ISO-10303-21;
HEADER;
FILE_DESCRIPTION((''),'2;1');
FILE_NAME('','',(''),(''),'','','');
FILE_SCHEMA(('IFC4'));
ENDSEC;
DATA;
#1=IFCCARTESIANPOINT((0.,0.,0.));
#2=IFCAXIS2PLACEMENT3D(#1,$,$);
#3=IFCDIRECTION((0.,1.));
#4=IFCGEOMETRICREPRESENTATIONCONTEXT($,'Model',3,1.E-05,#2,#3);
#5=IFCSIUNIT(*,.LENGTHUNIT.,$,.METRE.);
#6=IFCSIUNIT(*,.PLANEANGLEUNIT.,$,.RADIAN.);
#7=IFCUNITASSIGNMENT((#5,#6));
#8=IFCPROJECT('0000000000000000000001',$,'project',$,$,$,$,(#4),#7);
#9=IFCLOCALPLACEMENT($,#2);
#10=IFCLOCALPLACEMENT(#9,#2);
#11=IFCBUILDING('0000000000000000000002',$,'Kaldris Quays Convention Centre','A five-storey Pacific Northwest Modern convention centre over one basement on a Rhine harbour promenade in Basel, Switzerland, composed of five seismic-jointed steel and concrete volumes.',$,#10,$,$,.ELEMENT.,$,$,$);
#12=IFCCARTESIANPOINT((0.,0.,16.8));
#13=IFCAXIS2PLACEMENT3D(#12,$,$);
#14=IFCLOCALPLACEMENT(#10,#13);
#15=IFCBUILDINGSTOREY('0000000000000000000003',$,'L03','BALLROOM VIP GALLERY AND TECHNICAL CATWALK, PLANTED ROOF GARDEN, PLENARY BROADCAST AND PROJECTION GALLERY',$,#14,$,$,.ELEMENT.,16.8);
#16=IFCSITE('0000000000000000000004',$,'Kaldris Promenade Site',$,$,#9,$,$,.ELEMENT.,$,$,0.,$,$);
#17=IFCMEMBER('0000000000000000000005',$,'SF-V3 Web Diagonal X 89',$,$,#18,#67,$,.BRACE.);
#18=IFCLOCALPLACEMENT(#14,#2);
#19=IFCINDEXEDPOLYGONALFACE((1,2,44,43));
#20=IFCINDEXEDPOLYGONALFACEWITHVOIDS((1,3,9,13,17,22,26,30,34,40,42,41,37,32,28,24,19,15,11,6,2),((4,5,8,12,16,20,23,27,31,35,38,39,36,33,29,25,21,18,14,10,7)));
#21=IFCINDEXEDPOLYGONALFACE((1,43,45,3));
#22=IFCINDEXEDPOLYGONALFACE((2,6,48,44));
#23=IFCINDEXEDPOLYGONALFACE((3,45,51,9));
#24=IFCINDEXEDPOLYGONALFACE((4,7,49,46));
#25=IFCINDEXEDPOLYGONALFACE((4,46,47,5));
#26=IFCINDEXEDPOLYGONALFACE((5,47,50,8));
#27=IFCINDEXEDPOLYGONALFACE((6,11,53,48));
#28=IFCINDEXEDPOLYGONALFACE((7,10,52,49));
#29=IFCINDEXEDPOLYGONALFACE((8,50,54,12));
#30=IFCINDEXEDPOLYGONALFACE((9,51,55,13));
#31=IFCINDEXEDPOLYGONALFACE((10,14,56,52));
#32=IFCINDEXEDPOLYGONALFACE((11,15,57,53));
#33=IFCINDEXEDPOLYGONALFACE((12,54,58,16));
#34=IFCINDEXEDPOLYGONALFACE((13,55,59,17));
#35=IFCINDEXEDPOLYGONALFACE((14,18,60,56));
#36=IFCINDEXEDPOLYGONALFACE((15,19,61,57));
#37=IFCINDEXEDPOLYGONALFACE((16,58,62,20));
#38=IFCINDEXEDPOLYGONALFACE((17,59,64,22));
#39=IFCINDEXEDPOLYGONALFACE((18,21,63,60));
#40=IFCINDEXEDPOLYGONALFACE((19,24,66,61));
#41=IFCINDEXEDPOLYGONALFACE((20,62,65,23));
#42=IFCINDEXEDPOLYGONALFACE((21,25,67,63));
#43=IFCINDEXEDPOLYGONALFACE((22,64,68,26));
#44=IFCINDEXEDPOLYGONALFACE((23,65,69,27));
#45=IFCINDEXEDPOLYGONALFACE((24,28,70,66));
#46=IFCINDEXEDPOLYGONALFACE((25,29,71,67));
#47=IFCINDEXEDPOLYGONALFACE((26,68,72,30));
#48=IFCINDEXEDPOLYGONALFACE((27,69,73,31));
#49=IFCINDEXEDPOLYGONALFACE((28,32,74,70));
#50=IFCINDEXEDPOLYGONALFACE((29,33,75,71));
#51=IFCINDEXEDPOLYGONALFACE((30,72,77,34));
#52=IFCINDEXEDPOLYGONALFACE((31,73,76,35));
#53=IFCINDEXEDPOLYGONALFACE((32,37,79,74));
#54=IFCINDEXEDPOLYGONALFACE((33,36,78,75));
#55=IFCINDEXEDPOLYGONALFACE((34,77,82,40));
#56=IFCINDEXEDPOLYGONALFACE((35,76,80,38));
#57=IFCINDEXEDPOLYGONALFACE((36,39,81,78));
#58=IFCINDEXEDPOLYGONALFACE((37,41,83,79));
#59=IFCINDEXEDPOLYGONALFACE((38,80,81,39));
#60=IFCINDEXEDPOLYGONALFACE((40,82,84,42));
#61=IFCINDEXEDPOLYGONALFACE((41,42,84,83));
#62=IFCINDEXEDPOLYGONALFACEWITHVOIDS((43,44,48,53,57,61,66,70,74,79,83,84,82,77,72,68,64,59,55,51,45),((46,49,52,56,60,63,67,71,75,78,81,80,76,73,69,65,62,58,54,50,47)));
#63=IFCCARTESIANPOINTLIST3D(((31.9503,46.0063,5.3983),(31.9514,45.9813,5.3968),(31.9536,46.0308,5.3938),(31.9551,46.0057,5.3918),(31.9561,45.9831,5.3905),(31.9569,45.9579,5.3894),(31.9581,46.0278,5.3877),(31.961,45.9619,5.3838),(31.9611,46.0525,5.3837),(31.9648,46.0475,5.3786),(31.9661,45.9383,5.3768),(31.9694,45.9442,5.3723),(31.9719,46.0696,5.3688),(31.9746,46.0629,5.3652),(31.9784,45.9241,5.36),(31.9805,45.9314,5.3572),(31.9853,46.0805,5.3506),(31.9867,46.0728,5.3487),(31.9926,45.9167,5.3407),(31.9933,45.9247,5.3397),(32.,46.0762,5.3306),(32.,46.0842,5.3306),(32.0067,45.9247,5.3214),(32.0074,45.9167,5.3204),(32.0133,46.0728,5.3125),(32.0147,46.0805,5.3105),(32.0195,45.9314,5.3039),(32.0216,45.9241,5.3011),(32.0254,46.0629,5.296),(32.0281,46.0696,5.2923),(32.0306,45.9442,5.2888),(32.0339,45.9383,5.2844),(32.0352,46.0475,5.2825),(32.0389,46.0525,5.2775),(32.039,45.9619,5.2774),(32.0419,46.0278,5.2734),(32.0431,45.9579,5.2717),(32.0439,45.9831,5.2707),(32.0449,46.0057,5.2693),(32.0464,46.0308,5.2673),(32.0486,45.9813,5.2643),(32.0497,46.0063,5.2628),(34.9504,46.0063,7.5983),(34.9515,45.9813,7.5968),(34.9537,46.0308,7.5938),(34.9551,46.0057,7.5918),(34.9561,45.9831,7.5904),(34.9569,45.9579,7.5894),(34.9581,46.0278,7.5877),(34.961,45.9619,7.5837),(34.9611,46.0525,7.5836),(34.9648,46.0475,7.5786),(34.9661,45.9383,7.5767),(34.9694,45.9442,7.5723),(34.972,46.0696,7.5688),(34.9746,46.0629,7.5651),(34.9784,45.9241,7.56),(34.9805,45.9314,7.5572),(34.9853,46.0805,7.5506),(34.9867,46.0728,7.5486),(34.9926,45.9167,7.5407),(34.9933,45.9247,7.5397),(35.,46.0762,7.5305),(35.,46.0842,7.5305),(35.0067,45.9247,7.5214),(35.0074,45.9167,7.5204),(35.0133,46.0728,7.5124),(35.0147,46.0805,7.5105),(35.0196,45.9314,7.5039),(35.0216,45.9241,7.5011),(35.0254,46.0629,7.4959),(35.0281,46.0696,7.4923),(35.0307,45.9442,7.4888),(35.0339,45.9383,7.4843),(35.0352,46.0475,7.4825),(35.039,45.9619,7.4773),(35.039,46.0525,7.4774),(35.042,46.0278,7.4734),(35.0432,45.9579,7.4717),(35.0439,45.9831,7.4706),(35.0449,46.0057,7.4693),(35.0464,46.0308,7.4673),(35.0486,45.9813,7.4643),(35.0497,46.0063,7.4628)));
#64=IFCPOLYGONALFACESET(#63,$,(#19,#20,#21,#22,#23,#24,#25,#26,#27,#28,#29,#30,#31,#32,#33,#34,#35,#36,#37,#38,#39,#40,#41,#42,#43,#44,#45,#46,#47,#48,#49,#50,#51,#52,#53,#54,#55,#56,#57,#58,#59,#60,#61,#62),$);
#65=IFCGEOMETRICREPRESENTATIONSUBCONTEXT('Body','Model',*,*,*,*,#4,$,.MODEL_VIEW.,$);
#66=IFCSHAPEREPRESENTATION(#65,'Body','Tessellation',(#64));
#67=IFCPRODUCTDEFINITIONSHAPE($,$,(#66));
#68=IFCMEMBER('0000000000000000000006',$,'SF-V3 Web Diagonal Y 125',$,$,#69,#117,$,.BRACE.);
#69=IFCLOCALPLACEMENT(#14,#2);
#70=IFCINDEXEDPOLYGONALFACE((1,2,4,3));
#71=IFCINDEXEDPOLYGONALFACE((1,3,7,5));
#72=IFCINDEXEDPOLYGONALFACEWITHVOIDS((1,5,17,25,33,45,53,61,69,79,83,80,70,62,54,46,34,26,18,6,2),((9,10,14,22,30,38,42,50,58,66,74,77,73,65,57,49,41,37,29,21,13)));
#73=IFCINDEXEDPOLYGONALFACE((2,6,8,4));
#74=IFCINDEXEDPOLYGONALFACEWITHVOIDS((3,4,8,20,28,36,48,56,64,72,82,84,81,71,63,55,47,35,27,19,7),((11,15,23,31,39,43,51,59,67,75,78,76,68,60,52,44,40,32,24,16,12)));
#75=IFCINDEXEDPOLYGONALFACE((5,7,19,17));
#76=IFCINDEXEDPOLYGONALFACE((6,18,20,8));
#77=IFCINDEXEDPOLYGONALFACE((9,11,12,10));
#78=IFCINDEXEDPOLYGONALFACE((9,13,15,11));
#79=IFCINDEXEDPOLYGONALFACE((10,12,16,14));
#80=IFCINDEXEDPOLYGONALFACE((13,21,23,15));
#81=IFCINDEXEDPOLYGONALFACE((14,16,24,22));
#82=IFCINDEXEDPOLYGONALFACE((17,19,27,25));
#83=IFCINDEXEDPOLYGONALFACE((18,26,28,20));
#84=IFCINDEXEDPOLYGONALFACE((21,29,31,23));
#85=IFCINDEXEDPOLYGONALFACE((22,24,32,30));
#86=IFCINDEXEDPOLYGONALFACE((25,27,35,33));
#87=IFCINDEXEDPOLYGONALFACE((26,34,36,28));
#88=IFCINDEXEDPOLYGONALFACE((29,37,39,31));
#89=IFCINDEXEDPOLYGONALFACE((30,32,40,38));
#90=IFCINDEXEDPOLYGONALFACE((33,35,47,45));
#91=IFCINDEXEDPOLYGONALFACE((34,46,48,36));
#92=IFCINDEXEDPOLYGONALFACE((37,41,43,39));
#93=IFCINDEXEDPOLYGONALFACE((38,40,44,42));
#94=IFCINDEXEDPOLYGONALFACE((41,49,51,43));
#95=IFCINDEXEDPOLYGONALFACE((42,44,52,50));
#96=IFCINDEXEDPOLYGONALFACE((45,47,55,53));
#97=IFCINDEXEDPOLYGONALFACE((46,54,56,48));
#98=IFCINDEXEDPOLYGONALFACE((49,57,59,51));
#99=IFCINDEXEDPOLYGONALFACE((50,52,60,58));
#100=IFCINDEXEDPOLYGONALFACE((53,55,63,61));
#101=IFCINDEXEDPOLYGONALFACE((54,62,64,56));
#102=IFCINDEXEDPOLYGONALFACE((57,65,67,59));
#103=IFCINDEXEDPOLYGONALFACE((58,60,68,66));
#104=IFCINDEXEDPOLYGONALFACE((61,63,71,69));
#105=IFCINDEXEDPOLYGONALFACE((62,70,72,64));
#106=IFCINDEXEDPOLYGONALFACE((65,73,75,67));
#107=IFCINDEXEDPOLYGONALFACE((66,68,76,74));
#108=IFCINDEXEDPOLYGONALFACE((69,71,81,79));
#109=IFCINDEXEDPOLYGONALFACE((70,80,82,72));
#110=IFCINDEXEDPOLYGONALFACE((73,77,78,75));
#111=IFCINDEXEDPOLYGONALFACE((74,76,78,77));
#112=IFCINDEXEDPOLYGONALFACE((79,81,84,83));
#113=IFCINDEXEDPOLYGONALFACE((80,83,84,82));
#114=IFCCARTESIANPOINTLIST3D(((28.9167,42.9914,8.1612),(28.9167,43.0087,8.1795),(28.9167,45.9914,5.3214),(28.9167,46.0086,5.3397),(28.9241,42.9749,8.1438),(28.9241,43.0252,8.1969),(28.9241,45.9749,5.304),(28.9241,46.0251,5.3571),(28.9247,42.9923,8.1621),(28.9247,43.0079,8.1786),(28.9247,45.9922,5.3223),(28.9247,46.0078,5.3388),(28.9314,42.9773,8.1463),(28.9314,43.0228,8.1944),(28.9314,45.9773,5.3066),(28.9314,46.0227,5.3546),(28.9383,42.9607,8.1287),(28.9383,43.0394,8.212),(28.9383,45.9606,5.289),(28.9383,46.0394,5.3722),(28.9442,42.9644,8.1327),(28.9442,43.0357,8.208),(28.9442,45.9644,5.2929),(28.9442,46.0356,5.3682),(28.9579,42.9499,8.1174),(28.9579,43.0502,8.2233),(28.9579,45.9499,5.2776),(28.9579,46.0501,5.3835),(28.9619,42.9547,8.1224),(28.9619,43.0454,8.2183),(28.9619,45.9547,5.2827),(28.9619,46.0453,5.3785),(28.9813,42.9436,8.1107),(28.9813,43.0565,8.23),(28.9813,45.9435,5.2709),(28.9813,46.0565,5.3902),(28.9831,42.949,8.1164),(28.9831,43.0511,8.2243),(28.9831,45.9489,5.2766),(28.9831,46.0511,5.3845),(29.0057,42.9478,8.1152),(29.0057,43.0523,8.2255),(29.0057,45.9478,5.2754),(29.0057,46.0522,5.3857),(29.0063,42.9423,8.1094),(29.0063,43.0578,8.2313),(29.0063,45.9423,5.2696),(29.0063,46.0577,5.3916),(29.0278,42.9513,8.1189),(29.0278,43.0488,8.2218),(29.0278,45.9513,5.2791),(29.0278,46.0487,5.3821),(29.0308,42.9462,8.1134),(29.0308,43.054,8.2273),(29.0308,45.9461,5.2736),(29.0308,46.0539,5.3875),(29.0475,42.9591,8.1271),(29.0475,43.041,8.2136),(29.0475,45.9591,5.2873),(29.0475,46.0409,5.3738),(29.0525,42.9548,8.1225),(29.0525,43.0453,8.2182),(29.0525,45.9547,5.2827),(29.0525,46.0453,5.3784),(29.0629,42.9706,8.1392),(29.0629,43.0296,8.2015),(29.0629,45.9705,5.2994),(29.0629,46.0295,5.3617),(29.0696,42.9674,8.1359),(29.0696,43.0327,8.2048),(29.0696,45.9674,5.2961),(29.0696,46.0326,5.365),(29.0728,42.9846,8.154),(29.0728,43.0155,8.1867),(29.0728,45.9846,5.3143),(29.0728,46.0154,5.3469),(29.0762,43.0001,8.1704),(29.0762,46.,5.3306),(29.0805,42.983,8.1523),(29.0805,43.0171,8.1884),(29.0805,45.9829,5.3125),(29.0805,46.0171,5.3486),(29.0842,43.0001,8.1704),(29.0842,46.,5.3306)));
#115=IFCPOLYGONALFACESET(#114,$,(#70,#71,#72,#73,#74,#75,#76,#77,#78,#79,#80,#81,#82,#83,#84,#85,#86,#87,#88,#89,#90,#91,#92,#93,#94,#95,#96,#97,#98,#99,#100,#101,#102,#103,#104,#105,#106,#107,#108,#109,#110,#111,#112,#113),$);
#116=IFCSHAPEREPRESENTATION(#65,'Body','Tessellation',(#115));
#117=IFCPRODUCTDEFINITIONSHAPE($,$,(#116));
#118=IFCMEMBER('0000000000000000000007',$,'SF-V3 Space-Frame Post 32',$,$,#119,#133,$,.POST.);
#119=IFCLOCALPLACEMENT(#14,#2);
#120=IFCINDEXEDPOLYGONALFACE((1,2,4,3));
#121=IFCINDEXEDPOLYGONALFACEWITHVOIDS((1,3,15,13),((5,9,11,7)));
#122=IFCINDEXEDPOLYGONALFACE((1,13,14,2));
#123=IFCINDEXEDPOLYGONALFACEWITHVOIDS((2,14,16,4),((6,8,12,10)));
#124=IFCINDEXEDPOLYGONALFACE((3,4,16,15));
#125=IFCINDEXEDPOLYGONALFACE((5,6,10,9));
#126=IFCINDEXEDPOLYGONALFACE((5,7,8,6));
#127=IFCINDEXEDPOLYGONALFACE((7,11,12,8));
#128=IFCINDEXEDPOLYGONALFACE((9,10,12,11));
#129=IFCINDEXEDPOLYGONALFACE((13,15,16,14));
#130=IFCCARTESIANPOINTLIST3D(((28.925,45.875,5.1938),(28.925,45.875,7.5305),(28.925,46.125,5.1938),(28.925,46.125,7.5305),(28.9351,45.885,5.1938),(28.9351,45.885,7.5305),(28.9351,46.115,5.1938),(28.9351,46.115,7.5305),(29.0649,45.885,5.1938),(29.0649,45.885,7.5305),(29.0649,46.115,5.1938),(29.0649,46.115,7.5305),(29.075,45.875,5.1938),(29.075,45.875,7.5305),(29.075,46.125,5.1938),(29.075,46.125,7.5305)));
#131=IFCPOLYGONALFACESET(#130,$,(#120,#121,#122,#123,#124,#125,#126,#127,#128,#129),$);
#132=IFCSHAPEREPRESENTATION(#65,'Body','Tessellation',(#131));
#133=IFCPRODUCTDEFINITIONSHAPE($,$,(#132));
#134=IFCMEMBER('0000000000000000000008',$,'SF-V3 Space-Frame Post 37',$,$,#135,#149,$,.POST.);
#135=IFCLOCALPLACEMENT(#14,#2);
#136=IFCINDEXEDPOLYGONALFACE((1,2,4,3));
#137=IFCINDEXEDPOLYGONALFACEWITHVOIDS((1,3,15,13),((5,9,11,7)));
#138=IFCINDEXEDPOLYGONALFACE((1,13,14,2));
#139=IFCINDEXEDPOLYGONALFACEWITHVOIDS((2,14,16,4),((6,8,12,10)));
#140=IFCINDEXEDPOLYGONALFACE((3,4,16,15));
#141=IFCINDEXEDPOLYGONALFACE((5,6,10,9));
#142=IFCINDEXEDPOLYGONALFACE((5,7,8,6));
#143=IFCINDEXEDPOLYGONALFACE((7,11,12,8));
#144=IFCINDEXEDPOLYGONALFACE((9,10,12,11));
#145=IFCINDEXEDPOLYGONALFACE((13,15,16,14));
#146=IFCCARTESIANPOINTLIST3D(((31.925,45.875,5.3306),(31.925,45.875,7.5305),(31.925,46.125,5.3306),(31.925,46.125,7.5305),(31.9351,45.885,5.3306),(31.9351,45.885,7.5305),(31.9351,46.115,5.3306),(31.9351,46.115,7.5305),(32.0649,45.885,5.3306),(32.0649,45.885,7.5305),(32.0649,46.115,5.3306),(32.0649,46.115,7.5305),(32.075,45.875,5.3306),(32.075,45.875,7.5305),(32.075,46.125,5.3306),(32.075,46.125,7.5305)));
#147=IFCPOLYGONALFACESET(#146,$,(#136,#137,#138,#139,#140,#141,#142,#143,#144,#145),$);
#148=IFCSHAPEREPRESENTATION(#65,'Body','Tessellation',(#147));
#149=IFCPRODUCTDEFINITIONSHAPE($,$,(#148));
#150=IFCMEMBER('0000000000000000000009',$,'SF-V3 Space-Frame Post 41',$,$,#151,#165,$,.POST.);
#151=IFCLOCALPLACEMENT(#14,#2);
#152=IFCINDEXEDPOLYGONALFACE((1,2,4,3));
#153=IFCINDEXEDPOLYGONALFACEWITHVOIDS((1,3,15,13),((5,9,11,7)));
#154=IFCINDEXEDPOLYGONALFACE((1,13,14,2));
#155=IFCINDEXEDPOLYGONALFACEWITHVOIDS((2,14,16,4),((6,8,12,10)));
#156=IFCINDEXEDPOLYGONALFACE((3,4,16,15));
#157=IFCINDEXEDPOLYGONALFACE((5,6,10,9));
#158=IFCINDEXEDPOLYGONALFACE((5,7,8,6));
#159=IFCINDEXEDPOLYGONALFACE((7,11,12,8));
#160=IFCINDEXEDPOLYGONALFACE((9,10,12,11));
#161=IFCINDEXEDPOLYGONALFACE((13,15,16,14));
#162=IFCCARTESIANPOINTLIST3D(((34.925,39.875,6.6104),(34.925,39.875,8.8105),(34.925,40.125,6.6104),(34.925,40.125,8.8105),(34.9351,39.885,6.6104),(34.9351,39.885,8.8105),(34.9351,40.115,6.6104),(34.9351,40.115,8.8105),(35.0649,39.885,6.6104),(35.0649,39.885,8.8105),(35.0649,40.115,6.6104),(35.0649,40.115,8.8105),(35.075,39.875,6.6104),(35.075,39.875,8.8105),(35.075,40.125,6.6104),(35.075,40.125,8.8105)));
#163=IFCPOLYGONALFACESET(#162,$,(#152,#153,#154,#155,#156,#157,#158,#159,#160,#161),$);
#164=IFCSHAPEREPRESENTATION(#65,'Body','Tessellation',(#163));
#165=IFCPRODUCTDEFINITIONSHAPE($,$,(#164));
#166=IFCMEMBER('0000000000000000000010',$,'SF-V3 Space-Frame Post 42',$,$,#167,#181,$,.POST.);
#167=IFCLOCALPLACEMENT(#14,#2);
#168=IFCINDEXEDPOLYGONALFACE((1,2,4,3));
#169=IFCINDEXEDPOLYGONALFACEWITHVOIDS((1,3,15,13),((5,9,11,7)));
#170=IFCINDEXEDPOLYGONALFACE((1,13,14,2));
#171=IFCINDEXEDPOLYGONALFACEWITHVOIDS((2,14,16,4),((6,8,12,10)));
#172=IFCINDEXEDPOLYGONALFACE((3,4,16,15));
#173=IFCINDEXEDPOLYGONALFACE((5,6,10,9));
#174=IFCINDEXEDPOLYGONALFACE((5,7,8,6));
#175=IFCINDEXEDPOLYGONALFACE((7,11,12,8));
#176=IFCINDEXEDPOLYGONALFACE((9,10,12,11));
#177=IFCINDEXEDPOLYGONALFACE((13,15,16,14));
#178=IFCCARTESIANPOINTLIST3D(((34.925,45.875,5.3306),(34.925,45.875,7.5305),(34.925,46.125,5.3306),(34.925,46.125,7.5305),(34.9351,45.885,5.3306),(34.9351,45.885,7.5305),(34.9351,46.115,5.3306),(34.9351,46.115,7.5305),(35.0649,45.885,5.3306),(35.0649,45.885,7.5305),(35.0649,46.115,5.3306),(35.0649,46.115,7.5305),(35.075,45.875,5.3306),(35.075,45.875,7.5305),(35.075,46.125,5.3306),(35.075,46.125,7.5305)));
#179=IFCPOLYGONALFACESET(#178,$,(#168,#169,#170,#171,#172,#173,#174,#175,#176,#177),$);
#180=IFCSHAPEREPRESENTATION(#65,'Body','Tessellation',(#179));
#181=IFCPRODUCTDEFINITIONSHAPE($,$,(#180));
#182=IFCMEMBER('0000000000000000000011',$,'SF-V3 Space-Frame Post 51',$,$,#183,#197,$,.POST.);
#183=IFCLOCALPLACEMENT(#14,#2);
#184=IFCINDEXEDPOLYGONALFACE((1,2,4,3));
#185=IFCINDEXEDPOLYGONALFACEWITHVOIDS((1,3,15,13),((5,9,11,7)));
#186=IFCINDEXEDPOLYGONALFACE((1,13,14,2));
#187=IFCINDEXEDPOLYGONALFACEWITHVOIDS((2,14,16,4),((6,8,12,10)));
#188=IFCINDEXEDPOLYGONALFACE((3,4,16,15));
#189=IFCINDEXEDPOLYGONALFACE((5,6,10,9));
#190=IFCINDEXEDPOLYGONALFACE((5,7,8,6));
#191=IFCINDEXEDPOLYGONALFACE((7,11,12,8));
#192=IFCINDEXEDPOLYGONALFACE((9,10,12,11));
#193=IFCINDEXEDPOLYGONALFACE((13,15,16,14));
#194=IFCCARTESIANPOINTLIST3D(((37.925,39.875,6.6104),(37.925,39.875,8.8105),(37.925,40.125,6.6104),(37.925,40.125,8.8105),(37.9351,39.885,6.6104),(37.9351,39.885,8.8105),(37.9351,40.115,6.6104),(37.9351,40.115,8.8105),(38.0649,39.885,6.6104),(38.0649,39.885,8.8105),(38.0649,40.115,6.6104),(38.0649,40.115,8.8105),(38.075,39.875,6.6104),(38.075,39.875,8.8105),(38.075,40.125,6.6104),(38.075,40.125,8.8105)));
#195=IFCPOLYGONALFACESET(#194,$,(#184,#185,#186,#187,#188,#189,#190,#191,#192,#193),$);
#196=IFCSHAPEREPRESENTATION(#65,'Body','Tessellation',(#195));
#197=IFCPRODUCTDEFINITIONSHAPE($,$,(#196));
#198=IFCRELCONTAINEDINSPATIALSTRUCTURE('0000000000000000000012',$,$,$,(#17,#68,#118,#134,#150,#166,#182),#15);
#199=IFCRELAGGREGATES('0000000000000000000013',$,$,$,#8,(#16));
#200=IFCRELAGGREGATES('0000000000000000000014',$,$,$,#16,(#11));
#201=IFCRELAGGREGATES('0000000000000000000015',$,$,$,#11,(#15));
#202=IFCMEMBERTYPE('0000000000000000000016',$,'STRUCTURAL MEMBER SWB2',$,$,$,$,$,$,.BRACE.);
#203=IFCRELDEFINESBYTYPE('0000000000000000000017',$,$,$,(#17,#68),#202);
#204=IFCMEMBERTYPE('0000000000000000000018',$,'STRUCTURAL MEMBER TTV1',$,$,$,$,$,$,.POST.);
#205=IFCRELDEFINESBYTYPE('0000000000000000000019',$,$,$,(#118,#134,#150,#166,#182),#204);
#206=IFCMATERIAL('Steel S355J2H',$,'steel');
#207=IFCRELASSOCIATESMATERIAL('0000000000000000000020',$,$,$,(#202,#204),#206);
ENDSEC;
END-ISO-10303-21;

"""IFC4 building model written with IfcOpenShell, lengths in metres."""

from ifc_helpers import new_model, si_unit, direction, frame, origin, origin_2d, place, context, subcontext, project, spatial, hollow_rectangle, hollow_circle, extrude, material, material_profile, profile_set, type_object, element, save


model = new_model("IFC4")

# Units and contexts
model_context = context("Model", 3, precision=1e-05, world=origin(), true_north=direction((0.0, 1.0)))
body_context = subcontext(model_context, "Body", "Model", "MODEL_VIEW")
ifc_project = project(units=[si_unit("LENGTHUNIT", "METRE"), si_unit("PLANEANGLEUNIT", "RADIAN")], contexts=[model_context])

# Site, building, storey
site_placement = place(None, origin())
site = spatial("IfcSite", under=ifc_project, at=site_placement, Name="Kaldris Promenade Site", CompositionType="ELEMENT", RefElevation=0.0)
building_placement = place(site_placement, origin())
building = spatial("IfcBuilding", under=site, at=building_placement, Name="Kaldris Quays Convention Centre", Description="A five-storey Pacific Northwest Modern convention centre over one basement on a Rhine harbour promenade in Basel, Switzerland, composed of five seismic-jointed steel and concrete volumes.", CompositionType="ELEMENT")
storey_placement = place(building_placement, frame((0.0, 0.0, 16.8)))
storey = spatial("IfcBuildingStorey", under=building, at=storey_placement, Name="L03", Description="BALLROOM VIP GALLERY AND TECHNICAL CATWALK, PLANTED ROOF GARDEN, PLENARY BROADCAST AND PROJECTION GALLERY", CompositionType="ELEMENT", Elevation=16.8)

# Members
ifc_material_1 = material(Name="Steel S355J2H", Category="steel")
ifc_material_profile_1 = material_profile(ifc_material_1, hollow_circle(Radius=0.0842, WallThickness=0.0081, at=origin_2d()), Name="CHS 168.3x8")
ifc_profile_set_1 = profile_set([ifc_material_profile_1], Name="Steel S355J2H")
member_type_1 = type_object("IfcMemberType", Name="STRUCTURAL MEMBER SWB2", PredefinedType="BRACE", material=ifc_profile_set_1)
for number, where, z_axis, x_axis, name in (
    (1, (32.0, 46.0, 5.3306), (0.806411, 0.0, 0.591355), (0.0, 1.0, 0.0), "SF-V3 Web Diagonal X 89"),
):
    element("IfcMember", number, at=place(storey_placement, frame(where, z_axis=z_axis, x_axis=x_axis)), inside=storey, type_object=member_type_1, Name=name, PredefinedType="BRACE", context=body_context, shape_type="SweptSolid", body=[
        extrude(hollow_circle(Radius=0.0842, WallThickness=0.0081, at=origin_2d()), origin(), (0.0, 0.0, 1.0), 3.7202),
    ])
member_1_placement = place(storey_placement, frame((29.0, 46.0, 5.3306), z_axis=(0.0, -0.726226, 0.687456), x_axis=(1.0, 0.0, 0.0)))
element("IfcMember", 2, at=member_1_placement, inside=storey, type_object=member_type_1, Name="SF-V3 Web Diagonal Y 125", PredefinedType="BRACE", context=body_context, shape_type="SweptSolid", body=[
    extrude(hollow_circle(Radius=0.0842, WallThickness=0.0081, at=origin_2d()), origin(), (0.0, 0.0, 1.0), 4.1309),
])
ifc_material_profile_2 = material_profile(ifc_material_1, hollow_rectangle(XDim=0.1499, YDim=0.25, WallThickness=0.01, at=origin_2d()), Name="RHS 250x150x10")
ifc_profile_set_2 = profile_set([ifc_material_profile_2], Name="Steel S355J2H")
member_type_2 = type_object("IfcMemberType", Name="STRUCTURAL MEMBER TTV1", PredefinedType="POST", material=ifc_profile_set_2)
member_2_placement = place(storey_placement, frame((29.0, 46.0, 5.1938), z_axis=(0.0, 0.0, 1.0), x_axis=(1.0, 0.0, 0.0)))
element("IfcMember", 3, at=member_2_placement, inside=storey, type_object=member_type_2, Name="SF-V3 Space-Frame Post 32", PredefinedType="POST", context=body_context, shape_type="SweptSolid", body=[
    extrude(hollow_rectangle(XDim=0.1499, YDim=0.25, WallThickness=0.01, at=origin_2d()), origin(), (0.0, 0.0, 1.0), 2.3367),
])
member_3_placement = place(storey_placement, frame((32.0, 46.0, 5.3306), z_axis=(0.0, 0.0, 1.0), x_axis=(1.0, 0.0, 0.0)))
element("IfcMember", 4, at=member_3_placement, inside=storey, type_object=member_type_2, Name="SF-V3 Space-Frame Post 37", PredefinedType="POST", context=body_context, shape_type="SweptSolid", body=[
    extrude(hollow_rectangle(XDim=0.1499, YDim=0.25, WallThickness=0.01, at=origin_2d()), origin(), (0.0, 0.0, 1.0), 2.2),
])
member_4_placement = place(storey_placement, frame((35.0, 40.0, 6.6104), z_axis=(0.0, 0.0, 1.0), x_axis=(1.0, 0.0, 0.0)))
element("IfcMember", 5, at=member_4_placement, inside=storey, type_object=member_type_2, Name="SF-V3 Space-Frame Post 41", PredefinedType="POST", context=body_context, shape_type="SweptSolid", body=[
    extrude(hollow_rectangle(XDim=0.1499, YDim=0.25, WallThickness=0.01, at=origin_2d()), origin(), (0.0, 0.0, 1.0), 2.2002),
])
member_5_placement = place(storey_placement, frame((35.0, 46.0, 5.3306), z_axis=(0.0, 0.0, 1.0), x_axis=(1.0, 0.0, 0.0)))
element("IfcMember", 6, at=member_5_placement, inside=storey, type_object=member_type_2, Name="SF-V3 Space-Frame Post 42", PredefinedType="POST", context=body_context, shape_type="SweptSolid", body=[
    extrude(hollow_rectangle(XDim=0.1499, YDim=0.25, WallThickness=0.01, at=origin_2d()), origin(), (0.0, 0.0, 1.0), 2.2),
])
member_6_placement = place(storey_placement, frame((38.0, 40.0, 6.6104), z_axis=(0.0, 0.0, 1.0), x_axis=(1.0, 0.0, 0.0)))
element("IfcMember", 7, at=member_6_placement, inside=storey, type_object=member_type_2, Name="SF-V3 Space-Frame Post 51", PredefinedType="POST", context=body_context, shape_type="SweptSolid", body=[
    extrude(hollow_rectangle(XDim=0.1499, YDim=0.25, WallThickness=0.01, at=origin_2d()), origin(), (0.0, 0.0, 1.0), 2.2002),
])

save(model, "model.ifc")
